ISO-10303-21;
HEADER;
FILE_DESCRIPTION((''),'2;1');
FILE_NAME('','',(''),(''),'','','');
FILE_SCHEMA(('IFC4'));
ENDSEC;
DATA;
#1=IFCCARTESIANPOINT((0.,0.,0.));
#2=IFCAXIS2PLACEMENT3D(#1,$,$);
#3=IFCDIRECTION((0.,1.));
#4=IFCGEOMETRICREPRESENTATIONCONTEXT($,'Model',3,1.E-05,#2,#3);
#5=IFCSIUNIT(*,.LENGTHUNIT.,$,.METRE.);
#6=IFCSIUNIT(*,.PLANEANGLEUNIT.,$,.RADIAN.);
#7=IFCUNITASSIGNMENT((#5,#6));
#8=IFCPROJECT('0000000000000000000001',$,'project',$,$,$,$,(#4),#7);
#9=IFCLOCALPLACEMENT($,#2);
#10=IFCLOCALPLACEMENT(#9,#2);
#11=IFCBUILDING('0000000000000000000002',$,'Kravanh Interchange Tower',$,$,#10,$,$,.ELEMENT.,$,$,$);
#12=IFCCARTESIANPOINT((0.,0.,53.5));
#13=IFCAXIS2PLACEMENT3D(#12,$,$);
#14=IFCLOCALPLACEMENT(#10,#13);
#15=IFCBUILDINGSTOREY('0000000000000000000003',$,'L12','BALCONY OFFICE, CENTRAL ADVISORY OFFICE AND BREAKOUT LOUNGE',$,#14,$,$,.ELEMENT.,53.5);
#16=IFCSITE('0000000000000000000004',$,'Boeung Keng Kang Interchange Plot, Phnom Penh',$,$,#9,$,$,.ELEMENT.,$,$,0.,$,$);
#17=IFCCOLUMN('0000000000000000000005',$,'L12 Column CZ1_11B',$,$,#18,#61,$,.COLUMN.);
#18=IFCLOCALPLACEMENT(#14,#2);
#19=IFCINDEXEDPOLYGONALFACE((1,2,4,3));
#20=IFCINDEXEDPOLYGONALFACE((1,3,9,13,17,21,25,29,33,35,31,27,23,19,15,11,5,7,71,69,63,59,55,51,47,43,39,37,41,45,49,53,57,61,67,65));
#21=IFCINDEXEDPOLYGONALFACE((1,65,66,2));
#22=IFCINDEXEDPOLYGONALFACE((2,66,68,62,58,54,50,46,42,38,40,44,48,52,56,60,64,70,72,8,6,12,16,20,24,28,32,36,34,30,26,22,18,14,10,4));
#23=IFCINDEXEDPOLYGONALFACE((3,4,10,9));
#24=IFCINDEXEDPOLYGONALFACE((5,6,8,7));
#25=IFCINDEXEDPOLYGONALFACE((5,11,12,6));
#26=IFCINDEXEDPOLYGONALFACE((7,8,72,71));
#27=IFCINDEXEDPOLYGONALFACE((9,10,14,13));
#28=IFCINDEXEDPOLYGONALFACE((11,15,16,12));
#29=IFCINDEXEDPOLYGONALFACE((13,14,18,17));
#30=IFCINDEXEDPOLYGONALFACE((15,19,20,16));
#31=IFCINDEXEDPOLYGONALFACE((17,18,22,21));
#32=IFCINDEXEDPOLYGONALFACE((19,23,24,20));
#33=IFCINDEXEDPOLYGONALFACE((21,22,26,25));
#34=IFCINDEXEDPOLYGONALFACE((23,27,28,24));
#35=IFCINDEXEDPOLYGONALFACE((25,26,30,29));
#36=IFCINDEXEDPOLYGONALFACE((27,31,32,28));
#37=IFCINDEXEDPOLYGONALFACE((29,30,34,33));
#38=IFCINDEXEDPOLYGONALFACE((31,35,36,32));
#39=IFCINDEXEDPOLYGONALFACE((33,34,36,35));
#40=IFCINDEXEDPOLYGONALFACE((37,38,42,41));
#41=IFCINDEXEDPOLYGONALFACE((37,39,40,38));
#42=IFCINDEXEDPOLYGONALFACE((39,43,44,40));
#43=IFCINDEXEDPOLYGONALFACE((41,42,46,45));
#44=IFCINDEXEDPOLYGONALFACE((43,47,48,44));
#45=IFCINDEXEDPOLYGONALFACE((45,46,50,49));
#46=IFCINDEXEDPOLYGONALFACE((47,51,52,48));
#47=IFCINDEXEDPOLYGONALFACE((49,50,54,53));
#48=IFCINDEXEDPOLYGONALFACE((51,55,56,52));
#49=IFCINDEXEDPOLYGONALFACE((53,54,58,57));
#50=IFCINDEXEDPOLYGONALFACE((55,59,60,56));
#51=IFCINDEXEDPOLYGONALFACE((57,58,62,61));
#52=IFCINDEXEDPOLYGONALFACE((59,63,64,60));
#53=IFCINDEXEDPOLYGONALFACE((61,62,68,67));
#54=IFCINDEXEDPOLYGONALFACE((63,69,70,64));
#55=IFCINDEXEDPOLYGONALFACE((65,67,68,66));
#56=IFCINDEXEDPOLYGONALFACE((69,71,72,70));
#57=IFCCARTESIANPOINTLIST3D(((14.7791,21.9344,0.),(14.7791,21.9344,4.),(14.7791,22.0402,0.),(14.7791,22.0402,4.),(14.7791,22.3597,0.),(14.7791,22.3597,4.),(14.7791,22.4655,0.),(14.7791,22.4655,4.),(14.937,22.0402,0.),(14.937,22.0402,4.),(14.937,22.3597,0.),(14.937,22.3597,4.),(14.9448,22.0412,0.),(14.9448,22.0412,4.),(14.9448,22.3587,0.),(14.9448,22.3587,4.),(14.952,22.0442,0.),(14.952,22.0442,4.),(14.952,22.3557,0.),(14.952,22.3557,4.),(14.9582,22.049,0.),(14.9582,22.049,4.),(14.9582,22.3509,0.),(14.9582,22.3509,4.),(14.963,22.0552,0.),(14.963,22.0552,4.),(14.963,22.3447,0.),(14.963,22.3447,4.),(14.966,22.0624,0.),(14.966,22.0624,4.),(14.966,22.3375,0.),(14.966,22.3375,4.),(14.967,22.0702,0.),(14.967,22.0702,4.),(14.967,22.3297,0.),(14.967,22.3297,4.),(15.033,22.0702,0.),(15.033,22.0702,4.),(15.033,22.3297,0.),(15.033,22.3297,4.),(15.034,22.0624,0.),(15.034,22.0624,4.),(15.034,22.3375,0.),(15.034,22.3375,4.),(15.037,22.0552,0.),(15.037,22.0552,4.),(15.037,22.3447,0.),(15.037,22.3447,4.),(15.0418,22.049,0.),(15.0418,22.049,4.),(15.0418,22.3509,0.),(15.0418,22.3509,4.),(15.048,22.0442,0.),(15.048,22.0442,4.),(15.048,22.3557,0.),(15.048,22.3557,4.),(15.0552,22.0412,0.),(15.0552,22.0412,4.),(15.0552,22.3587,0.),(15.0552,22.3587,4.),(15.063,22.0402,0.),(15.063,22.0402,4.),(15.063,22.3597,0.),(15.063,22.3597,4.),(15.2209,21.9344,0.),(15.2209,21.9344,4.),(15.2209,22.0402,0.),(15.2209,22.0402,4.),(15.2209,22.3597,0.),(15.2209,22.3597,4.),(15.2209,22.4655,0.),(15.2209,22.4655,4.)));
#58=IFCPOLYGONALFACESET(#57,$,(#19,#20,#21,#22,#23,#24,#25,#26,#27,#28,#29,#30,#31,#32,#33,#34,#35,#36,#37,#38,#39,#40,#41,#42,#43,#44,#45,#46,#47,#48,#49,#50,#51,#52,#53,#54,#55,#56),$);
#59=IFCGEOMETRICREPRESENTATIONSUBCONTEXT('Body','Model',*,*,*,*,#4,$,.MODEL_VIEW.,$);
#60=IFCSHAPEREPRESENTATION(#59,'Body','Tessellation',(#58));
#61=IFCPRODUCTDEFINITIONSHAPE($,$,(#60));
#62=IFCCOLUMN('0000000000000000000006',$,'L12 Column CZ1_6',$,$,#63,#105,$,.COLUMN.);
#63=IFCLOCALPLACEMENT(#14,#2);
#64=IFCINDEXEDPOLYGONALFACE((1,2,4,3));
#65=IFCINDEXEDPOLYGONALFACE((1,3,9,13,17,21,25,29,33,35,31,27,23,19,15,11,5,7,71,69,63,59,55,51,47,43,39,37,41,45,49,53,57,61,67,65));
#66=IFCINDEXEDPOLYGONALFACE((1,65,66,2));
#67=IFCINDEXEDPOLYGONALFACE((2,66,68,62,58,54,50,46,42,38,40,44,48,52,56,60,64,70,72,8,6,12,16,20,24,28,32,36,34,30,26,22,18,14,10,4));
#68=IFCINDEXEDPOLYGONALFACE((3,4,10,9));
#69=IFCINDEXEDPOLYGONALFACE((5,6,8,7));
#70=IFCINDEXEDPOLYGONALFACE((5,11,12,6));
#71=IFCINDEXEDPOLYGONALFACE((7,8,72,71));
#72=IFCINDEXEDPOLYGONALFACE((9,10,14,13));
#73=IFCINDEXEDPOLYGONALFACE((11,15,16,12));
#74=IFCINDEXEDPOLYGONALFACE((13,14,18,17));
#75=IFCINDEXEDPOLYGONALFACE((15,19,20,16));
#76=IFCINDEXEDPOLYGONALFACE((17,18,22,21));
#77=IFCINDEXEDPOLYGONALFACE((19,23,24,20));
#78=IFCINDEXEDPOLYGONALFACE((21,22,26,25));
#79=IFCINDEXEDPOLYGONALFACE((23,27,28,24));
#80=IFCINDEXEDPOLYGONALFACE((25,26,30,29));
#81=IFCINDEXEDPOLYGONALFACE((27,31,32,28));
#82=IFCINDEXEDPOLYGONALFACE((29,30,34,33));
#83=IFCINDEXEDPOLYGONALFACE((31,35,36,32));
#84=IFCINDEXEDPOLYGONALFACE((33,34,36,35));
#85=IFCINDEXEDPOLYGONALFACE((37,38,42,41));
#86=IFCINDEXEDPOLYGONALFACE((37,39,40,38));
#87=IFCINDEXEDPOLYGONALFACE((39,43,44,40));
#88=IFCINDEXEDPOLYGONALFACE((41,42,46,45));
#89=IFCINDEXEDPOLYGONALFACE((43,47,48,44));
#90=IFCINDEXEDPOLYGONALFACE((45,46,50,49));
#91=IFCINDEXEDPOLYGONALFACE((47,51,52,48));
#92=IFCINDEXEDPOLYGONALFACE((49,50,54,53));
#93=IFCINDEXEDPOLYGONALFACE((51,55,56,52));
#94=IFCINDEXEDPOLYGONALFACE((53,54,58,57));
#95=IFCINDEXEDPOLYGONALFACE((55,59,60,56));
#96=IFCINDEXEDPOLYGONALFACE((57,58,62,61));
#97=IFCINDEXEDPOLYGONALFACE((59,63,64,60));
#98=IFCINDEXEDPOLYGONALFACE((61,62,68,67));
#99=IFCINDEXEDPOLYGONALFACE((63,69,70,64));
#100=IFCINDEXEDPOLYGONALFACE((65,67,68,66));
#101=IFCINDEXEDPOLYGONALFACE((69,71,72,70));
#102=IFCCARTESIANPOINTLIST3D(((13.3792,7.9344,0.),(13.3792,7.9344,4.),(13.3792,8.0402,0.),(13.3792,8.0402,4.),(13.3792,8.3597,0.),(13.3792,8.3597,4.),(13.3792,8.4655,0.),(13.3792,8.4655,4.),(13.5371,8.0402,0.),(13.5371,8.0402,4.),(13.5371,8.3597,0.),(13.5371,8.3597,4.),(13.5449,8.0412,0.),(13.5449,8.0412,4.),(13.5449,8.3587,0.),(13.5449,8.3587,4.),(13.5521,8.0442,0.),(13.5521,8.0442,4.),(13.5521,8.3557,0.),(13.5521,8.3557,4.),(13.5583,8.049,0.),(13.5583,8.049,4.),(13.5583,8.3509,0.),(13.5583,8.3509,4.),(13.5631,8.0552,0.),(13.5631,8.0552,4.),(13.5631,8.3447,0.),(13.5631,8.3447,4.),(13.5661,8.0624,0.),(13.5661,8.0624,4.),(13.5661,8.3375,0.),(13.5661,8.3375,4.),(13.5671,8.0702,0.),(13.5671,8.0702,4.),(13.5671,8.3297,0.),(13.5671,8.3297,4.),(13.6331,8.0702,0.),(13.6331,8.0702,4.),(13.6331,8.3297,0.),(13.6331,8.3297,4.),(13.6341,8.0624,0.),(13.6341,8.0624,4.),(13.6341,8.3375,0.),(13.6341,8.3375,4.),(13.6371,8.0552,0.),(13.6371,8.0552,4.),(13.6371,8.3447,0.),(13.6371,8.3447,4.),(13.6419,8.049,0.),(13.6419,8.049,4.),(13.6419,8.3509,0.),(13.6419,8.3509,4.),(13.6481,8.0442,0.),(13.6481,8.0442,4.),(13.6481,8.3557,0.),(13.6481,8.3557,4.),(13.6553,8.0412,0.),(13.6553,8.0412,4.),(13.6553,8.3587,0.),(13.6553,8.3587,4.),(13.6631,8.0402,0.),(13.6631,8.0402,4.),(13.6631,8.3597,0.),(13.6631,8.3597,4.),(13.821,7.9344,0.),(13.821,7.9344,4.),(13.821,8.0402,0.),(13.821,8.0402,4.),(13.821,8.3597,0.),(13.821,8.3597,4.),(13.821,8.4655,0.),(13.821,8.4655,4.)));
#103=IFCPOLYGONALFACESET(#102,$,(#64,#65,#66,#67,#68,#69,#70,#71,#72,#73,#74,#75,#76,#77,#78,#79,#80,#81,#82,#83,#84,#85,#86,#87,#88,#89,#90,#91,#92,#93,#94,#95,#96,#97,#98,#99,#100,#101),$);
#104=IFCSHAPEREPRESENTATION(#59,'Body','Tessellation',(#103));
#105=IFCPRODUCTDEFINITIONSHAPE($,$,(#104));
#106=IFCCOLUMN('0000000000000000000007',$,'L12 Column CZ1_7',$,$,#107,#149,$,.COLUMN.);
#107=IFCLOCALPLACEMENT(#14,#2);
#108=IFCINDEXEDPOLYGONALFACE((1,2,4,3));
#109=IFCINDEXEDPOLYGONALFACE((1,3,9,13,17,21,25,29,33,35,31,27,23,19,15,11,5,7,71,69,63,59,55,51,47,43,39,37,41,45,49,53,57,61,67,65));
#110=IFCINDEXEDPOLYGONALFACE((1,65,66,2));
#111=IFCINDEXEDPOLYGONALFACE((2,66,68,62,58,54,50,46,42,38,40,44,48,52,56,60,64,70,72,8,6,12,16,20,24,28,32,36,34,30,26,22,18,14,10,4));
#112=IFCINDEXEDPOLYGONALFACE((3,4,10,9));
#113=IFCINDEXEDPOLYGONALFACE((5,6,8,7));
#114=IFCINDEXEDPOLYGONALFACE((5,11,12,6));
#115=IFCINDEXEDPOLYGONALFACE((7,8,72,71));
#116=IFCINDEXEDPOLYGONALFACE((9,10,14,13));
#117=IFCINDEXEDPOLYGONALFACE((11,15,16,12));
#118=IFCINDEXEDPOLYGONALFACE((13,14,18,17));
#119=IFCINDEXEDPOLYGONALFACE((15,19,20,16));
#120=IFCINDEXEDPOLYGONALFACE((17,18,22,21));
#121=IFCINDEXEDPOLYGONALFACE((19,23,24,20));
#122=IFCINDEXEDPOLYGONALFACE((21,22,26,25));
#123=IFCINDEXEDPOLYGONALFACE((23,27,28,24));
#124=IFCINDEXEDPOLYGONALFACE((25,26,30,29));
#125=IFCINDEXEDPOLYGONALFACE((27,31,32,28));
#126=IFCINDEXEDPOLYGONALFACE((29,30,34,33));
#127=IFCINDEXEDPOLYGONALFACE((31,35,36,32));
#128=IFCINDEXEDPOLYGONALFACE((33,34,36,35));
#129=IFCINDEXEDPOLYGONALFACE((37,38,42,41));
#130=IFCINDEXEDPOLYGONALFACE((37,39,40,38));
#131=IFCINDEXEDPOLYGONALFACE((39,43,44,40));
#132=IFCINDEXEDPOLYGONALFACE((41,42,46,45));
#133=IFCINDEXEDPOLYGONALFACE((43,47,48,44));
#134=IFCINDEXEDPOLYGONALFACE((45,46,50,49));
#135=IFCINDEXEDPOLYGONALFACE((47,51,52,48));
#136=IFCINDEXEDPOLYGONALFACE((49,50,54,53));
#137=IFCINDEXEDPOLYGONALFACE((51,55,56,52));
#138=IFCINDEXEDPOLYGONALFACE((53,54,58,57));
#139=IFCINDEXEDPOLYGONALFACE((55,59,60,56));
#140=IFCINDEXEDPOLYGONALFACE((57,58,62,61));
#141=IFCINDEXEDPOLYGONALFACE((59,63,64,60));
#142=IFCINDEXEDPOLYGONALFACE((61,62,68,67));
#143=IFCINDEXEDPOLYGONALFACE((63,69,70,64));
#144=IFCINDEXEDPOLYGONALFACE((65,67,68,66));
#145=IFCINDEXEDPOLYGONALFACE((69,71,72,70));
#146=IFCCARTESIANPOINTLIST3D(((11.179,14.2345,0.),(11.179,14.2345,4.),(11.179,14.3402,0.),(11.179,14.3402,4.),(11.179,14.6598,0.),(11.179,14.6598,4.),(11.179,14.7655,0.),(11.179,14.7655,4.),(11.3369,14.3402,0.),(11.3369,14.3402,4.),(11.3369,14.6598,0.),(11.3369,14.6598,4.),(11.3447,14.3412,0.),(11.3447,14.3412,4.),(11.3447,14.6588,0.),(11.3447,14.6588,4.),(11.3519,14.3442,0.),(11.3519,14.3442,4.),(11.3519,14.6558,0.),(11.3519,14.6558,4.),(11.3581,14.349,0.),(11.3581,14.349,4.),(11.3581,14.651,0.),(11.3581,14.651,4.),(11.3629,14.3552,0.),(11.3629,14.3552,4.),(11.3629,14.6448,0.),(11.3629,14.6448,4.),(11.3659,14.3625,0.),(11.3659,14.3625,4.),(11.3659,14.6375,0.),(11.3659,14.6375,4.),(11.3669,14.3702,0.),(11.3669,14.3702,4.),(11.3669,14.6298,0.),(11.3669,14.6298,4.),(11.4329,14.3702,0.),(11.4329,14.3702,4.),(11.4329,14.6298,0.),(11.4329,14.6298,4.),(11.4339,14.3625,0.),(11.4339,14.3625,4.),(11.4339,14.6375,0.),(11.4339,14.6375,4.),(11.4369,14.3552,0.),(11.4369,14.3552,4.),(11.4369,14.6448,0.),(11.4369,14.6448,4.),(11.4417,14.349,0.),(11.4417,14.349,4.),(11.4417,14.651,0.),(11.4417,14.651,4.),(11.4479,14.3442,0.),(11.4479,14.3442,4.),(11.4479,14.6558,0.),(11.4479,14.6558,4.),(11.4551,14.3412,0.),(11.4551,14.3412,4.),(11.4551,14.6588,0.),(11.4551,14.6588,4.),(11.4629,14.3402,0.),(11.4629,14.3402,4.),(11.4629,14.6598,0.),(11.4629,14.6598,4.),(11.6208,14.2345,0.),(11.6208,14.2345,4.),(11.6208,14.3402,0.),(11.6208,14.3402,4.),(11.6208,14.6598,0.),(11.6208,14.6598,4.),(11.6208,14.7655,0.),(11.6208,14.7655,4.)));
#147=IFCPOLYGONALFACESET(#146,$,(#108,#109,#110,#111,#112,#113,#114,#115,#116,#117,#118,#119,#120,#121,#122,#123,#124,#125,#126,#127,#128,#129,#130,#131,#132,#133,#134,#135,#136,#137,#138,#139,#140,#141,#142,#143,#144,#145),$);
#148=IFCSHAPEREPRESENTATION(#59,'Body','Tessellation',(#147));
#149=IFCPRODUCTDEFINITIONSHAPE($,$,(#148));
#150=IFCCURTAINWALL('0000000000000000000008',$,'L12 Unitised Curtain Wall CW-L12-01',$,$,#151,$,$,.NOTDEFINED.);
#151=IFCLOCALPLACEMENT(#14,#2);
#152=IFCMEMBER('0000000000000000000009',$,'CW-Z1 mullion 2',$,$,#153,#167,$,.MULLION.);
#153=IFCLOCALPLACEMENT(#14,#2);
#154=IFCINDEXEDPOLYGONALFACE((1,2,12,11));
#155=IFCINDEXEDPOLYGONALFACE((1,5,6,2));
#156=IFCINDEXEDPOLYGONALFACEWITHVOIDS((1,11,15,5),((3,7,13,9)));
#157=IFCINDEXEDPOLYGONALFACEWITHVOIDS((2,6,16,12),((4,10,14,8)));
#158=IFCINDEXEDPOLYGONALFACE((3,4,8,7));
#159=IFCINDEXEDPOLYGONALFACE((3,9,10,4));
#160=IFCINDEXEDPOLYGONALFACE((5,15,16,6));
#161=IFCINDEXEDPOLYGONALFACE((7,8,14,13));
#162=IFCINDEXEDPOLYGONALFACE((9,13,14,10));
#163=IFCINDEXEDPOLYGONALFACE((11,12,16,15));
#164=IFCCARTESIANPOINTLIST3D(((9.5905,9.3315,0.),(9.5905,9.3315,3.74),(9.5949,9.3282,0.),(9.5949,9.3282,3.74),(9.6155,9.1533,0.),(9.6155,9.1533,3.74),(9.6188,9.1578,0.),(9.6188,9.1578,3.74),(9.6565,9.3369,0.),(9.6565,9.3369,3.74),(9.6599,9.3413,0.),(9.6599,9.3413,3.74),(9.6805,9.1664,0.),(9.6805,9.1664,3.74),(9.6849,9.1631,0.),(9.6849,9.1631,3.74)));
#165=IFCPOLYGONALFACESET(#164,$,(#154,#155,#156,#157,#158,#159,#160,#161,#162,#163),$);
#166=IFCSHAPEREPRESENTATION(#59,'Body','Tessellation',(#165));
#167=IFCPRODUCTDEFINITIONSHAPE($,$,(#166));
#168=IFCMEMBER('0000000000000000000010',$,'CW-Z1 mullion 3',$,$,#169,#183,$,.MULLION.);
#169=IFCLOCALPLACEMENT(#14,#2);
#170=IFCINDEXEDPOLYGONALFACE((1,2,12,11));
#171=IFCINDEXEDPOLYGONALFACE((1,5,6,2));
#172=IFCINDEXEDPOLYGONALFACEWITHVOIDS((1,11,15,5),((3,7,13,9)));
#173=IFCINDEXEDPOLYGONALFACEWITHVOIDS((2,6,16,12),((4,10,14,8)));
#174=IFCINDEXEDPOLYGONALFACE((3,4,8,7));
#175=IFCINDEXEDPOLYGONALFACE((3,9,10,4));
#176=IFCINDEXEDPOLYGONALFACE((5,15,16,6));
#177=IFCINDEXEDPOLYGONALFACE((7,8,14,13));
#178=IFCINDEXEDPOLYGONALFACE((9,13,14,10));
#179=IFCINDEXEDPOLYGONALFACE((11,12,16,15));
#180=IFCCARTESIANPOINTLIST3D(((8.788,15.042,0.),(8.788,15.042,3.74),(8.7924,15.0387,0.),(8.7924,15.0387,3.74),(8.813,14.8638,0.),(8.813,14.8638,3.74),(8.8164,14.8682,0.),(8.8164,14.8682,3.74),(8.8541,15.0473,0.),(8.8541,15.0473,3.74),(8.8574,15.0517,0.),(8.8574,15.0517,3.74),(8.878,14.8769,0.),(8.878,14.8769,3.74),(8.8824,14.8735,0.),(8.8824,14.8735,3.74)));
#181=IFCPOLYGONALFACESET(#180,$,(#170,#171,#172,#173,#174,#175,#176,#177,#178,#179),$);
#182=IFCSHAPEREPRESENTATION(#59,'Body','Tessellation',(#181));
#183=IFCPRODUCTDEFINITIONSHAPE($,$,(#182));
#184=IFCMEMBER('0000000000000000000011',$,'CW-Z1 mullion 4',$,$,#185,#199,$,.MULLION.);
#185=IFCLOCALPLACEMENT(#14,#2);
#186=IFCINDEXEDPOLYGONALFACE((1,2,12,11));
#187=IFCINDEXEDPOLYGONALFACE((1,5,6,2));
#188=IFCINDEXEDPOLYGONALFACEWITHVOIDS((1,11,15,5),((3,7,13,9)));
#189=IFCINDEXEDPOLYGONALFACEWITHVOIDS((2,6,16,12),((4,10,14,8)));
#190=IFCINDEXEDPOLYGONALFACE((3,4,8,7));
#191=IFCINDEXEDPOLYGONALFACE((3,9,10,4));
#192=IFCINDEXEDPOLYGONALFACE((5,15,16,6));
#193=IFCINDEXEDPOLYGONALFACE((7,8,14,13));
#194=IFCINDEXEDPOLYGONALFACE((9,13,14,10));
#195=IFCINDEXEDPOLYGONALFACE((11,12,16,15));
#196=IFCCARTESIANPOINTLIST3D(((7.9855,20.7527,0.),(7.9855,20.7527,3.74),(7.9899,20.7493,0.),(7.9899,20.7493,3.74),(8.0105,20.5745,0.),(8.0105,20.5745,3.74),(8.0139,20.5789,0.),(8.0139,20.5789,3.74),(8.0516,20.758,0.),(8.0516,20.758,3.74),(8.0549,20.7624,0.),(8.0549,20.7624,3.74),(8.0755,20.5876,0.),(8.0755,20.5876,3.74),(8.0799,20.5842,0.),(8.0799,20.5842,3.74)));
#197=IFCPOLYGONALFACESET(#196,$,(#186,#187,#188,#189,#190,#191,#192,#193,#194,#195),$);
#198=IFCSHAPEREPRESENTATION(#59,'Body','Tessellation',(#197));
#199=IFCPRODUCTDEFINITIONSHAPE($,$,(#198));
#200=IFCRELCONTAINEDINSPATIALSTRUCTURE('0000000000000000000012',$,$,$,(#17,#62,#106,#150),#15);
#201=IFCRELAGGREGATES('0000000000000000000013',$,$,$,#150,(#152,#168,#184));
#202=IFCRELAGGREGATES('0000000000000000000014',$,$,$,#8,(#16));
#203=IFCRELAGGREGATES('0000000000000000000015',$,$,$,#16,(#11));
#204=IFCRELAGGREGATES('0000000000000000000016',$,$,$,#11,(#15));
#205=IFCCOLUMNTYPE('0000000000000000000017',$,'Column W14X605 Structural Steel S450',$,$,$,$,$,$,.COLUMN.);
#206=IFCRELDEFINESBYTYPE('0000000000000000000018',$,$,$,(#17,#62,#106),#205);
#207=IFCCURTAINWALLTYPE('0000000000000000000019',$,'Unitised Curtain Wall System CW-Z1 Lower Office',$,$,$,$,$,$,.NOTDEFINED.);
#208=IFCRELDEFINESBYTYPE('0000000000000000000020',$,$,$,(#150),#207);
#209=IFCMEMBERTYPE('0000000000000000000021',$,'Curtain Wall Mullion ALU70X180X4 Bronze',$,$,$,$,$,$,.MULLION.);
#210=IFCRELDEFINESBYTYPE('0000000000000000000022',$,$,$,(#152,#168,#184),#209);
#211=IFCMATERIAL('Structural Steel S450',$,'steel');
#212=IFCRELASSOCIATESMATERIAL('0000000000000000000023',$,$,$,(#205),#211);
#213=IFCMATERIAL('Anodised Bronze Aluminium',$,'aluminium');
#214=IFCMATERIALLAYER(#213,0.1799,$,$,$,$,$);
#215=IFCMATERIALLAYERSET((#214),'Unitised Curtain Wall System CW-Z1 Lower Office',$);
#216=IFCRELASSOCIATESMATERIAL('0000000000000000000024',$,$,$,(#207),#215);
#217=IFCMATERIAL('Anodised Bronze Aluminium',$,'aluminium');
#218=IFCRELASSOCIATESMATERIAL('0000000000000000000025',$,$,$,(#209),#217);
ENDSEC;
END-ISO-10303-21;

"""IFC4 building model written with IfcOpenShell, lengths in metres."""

from ifc_helpers import new_model, si_unit, direction, frame, origin, origin_2d, place, context, subcontext, project, spatial, hollow_rectangle, i_section, extrude, material, layer, layer_set, material_profile, profile_set, type_object, element, aggregate, save


model = new_model("IFC4")

# Units and contexts
model_context = context("Model", 3, precision=1e-05, world=origin(), true_north=direction((0.0, 1.0)))
body_context = subcontext(model_context, "Body", "Model", "MODEL_VIEW")
ifc_project = project(units=[si_unit("LENGTHUNIT", "METRE"), si_unit("PLANEANGLEUNIT", "RADIAN")], contexts=[model_context])

# Site, building, storey
site_placement = place(None, origin())
site = spatial("IfcSite", under=ifc_project, at=site_placement, Name="Boeung Keng Kang Interchange Plot, Phnom Penh", CompositionType="ELEMENT", RefElevation=0.0)
building_placement = place(site_placement, origin())
building = spatial("IfcBuilding", under=site, at=building_placement, Name="Kravanh Interchange Tower", CompositionType="ELEMENT")
storey_placement = place(building_placement, frame((0.0, 0.0, 53.5)))
storey = spatial("IfcBuildingStorey", under=building, at=storey_placement, Name="L12", Description="BALCONY OFFICE, CENTRAL ADVISORY OFFICE AND BREAKOUT LOUNGE", CompositionType="ELEMENT", Elevation=53.5)

# Columns
ifc_material_1 = material(Name="Structural Steel S450", Category="steel")
ifc_material_profile_1 = material_profile(ifc_material_1, i_section(OverallWidth=0.4419, OverallDepth=0.531, WebThickness=0.0659, FlangeThickness=0.1057, FilletRadius=0.03, at=origin_2d()), Name="W14X605")
ifc_profile_set_1 = profile_set([ifc_material_profile_1], Name="Structural Steel S450")
column_type = type_object("IfcColumnType", Name="Column W14X605 Structural Steel S450", PredefinedType="COLUMN", material=ifc_profile_set_1)
for number, where, z_axis, x_axis, name in (
    (1, (15.0, 22.2, 0.0), (0.0, 0.0, 1.0), (1.0, 0.0, 0.0), "L12 Column CZ1_11B"),
    (2, (13.6001, 8.2, 0.0), (0.0, 0.0, 1.0), (1.0, 0.0, 0.0), "L12 Column CZ1_6"),
    (3, (11.3999, 14.5, 0.0), (0.0, 0.0, 1.0), (1.0, 0.0, 0.0), "L12 Column CZ1_7"),
):
    element("IfcColumn", number, at=place(storey_placement, frame(where, z_axis=z_axis, x_axis=x_axis)), inside=storey, type_object=column_type, Name=name, PredefinedType="COLUMN", context=body_context, shape_type="SweptSolid", body=[
        extrude(i_section(OverallWidth=0.4419, OverallDepth=0.531, WebThickness=0.0659, FlangeThickness=0.1057, FilletRadius=0.03, at=origin_2d()), origin(), (0.0, 0.0, 1.0), 4.0),
    ])

# Curtain wall, members
ifc_material_2 = material(Name="Anodised Bronze Aluminium", Category="aluminium")
ifc_layer_1 = layer(ifc_material_2, 0.1799)
ifc_layer_set_1 = layer_set([ifc_layer_1], Name="Unitised Curtain Wall System CW-Z1 Lower Office")
curtain_wall_type = type_object("IfcCurtainWallType", Name="Unitised Curtain Wall System CW-Z1 Lower Office", PredefinedType="NOTDEFINED", material=ifc_layer_set_1)
curtain_wall_placement = place(storey_placement, origin())
curtain_wall = element("IfcCurtainWall", 4, at=curtain_wall_placement, inside=storey, type_object=curtain_wall_type, Name="L12 Unitised Curtain Wall CW-L12-01", PredefinedType="NOTDEFINED")
ifc_material_3 = material(Name="Anodised Bronze Aluminium", Category="aluminium")
ifc_material_profile_2 = material_profile(ifc_material_3, hollow_rectangle(XDim=0.0701, YDim=0.1799, WallThickness=0.0039, at=origin_2d()), Name="ALU70X180X4")
ifc_profile_set_2 = profile_set([ifc_material_profile_2], Name="Anodised Bronze Aluminium")
member_type_1 = type_object("IfcMemberType", Name="Curtain Wall Mullion ALU70X180X4 Bronze", PredefinedType="MULLION", material=ifc_profile_set_2)
member_1_placement = place(storey_placement, frame((9.6377, 9.2473, 0.0), z_axis=(0.0, 0.0, 1.0), x_axis=(-0.990268, -0.139177, 0.0)))
member_1 = element("IfcMember", 5, at=member_1_placement, type_object=member_type_1, Name="CW-Z1 mullion 2", PredefinedType="MULLION", context=body_context, shape_type="SweptSolid", body=[
    extrude(hollow_rectangle(XDim=0.0701, YDim=0.1799, WallThickness=0.0039, at=origin_2d()), origin(), (0.0, 0.0, 1.0), 3.74),
])
member_2_placement = place(storey_placement, frame((8.8352, 14.9578, 0.0), z_axis=(0.0, 0.0, 1.0), x_axis=(-0.990268, -0.139177, 0.0)))
member_2 = element("IfcMember", 6, at=member_2_placement, type_object=member_type_1, Name="CW-Z1 mullion 3", PredefinedType="MULLION", context=body_context, shape_type="SweptSolid", body=[
    extrude(hollow_rectangle(XDim=0.0701, YDim=0.1799, WallThickness=0.0039, at=origin_2d()), origin(), (0.0, 0.0, 1.0), 3.74),
])
member_3_placement = place(storey_placement, frame((8.0327, 20.6685, 0.0), z_axis=(0.0, 0.0, 1.0), x_axis=(-0.990268, -0.139177, 0.0)))
member_3 = element("IfcMember", 7, at=member_3_placement, type_object=member_type_1, Name="CW-Z1 mullion 4", PredefinedType="MULLION", context=body_context, shape_type="SweptSolid", body=[
    extrude(hollow_rectangle(XDim=0.0701, YDim=0.1799, WallThickness=0.0039, at=origin_2d()), origin(), (0.0, 0.0, 1.0), 3.74),
])

aggregate(curtain_wall, [member_1, member_2, member_3])

save(model, "model.ifc")
